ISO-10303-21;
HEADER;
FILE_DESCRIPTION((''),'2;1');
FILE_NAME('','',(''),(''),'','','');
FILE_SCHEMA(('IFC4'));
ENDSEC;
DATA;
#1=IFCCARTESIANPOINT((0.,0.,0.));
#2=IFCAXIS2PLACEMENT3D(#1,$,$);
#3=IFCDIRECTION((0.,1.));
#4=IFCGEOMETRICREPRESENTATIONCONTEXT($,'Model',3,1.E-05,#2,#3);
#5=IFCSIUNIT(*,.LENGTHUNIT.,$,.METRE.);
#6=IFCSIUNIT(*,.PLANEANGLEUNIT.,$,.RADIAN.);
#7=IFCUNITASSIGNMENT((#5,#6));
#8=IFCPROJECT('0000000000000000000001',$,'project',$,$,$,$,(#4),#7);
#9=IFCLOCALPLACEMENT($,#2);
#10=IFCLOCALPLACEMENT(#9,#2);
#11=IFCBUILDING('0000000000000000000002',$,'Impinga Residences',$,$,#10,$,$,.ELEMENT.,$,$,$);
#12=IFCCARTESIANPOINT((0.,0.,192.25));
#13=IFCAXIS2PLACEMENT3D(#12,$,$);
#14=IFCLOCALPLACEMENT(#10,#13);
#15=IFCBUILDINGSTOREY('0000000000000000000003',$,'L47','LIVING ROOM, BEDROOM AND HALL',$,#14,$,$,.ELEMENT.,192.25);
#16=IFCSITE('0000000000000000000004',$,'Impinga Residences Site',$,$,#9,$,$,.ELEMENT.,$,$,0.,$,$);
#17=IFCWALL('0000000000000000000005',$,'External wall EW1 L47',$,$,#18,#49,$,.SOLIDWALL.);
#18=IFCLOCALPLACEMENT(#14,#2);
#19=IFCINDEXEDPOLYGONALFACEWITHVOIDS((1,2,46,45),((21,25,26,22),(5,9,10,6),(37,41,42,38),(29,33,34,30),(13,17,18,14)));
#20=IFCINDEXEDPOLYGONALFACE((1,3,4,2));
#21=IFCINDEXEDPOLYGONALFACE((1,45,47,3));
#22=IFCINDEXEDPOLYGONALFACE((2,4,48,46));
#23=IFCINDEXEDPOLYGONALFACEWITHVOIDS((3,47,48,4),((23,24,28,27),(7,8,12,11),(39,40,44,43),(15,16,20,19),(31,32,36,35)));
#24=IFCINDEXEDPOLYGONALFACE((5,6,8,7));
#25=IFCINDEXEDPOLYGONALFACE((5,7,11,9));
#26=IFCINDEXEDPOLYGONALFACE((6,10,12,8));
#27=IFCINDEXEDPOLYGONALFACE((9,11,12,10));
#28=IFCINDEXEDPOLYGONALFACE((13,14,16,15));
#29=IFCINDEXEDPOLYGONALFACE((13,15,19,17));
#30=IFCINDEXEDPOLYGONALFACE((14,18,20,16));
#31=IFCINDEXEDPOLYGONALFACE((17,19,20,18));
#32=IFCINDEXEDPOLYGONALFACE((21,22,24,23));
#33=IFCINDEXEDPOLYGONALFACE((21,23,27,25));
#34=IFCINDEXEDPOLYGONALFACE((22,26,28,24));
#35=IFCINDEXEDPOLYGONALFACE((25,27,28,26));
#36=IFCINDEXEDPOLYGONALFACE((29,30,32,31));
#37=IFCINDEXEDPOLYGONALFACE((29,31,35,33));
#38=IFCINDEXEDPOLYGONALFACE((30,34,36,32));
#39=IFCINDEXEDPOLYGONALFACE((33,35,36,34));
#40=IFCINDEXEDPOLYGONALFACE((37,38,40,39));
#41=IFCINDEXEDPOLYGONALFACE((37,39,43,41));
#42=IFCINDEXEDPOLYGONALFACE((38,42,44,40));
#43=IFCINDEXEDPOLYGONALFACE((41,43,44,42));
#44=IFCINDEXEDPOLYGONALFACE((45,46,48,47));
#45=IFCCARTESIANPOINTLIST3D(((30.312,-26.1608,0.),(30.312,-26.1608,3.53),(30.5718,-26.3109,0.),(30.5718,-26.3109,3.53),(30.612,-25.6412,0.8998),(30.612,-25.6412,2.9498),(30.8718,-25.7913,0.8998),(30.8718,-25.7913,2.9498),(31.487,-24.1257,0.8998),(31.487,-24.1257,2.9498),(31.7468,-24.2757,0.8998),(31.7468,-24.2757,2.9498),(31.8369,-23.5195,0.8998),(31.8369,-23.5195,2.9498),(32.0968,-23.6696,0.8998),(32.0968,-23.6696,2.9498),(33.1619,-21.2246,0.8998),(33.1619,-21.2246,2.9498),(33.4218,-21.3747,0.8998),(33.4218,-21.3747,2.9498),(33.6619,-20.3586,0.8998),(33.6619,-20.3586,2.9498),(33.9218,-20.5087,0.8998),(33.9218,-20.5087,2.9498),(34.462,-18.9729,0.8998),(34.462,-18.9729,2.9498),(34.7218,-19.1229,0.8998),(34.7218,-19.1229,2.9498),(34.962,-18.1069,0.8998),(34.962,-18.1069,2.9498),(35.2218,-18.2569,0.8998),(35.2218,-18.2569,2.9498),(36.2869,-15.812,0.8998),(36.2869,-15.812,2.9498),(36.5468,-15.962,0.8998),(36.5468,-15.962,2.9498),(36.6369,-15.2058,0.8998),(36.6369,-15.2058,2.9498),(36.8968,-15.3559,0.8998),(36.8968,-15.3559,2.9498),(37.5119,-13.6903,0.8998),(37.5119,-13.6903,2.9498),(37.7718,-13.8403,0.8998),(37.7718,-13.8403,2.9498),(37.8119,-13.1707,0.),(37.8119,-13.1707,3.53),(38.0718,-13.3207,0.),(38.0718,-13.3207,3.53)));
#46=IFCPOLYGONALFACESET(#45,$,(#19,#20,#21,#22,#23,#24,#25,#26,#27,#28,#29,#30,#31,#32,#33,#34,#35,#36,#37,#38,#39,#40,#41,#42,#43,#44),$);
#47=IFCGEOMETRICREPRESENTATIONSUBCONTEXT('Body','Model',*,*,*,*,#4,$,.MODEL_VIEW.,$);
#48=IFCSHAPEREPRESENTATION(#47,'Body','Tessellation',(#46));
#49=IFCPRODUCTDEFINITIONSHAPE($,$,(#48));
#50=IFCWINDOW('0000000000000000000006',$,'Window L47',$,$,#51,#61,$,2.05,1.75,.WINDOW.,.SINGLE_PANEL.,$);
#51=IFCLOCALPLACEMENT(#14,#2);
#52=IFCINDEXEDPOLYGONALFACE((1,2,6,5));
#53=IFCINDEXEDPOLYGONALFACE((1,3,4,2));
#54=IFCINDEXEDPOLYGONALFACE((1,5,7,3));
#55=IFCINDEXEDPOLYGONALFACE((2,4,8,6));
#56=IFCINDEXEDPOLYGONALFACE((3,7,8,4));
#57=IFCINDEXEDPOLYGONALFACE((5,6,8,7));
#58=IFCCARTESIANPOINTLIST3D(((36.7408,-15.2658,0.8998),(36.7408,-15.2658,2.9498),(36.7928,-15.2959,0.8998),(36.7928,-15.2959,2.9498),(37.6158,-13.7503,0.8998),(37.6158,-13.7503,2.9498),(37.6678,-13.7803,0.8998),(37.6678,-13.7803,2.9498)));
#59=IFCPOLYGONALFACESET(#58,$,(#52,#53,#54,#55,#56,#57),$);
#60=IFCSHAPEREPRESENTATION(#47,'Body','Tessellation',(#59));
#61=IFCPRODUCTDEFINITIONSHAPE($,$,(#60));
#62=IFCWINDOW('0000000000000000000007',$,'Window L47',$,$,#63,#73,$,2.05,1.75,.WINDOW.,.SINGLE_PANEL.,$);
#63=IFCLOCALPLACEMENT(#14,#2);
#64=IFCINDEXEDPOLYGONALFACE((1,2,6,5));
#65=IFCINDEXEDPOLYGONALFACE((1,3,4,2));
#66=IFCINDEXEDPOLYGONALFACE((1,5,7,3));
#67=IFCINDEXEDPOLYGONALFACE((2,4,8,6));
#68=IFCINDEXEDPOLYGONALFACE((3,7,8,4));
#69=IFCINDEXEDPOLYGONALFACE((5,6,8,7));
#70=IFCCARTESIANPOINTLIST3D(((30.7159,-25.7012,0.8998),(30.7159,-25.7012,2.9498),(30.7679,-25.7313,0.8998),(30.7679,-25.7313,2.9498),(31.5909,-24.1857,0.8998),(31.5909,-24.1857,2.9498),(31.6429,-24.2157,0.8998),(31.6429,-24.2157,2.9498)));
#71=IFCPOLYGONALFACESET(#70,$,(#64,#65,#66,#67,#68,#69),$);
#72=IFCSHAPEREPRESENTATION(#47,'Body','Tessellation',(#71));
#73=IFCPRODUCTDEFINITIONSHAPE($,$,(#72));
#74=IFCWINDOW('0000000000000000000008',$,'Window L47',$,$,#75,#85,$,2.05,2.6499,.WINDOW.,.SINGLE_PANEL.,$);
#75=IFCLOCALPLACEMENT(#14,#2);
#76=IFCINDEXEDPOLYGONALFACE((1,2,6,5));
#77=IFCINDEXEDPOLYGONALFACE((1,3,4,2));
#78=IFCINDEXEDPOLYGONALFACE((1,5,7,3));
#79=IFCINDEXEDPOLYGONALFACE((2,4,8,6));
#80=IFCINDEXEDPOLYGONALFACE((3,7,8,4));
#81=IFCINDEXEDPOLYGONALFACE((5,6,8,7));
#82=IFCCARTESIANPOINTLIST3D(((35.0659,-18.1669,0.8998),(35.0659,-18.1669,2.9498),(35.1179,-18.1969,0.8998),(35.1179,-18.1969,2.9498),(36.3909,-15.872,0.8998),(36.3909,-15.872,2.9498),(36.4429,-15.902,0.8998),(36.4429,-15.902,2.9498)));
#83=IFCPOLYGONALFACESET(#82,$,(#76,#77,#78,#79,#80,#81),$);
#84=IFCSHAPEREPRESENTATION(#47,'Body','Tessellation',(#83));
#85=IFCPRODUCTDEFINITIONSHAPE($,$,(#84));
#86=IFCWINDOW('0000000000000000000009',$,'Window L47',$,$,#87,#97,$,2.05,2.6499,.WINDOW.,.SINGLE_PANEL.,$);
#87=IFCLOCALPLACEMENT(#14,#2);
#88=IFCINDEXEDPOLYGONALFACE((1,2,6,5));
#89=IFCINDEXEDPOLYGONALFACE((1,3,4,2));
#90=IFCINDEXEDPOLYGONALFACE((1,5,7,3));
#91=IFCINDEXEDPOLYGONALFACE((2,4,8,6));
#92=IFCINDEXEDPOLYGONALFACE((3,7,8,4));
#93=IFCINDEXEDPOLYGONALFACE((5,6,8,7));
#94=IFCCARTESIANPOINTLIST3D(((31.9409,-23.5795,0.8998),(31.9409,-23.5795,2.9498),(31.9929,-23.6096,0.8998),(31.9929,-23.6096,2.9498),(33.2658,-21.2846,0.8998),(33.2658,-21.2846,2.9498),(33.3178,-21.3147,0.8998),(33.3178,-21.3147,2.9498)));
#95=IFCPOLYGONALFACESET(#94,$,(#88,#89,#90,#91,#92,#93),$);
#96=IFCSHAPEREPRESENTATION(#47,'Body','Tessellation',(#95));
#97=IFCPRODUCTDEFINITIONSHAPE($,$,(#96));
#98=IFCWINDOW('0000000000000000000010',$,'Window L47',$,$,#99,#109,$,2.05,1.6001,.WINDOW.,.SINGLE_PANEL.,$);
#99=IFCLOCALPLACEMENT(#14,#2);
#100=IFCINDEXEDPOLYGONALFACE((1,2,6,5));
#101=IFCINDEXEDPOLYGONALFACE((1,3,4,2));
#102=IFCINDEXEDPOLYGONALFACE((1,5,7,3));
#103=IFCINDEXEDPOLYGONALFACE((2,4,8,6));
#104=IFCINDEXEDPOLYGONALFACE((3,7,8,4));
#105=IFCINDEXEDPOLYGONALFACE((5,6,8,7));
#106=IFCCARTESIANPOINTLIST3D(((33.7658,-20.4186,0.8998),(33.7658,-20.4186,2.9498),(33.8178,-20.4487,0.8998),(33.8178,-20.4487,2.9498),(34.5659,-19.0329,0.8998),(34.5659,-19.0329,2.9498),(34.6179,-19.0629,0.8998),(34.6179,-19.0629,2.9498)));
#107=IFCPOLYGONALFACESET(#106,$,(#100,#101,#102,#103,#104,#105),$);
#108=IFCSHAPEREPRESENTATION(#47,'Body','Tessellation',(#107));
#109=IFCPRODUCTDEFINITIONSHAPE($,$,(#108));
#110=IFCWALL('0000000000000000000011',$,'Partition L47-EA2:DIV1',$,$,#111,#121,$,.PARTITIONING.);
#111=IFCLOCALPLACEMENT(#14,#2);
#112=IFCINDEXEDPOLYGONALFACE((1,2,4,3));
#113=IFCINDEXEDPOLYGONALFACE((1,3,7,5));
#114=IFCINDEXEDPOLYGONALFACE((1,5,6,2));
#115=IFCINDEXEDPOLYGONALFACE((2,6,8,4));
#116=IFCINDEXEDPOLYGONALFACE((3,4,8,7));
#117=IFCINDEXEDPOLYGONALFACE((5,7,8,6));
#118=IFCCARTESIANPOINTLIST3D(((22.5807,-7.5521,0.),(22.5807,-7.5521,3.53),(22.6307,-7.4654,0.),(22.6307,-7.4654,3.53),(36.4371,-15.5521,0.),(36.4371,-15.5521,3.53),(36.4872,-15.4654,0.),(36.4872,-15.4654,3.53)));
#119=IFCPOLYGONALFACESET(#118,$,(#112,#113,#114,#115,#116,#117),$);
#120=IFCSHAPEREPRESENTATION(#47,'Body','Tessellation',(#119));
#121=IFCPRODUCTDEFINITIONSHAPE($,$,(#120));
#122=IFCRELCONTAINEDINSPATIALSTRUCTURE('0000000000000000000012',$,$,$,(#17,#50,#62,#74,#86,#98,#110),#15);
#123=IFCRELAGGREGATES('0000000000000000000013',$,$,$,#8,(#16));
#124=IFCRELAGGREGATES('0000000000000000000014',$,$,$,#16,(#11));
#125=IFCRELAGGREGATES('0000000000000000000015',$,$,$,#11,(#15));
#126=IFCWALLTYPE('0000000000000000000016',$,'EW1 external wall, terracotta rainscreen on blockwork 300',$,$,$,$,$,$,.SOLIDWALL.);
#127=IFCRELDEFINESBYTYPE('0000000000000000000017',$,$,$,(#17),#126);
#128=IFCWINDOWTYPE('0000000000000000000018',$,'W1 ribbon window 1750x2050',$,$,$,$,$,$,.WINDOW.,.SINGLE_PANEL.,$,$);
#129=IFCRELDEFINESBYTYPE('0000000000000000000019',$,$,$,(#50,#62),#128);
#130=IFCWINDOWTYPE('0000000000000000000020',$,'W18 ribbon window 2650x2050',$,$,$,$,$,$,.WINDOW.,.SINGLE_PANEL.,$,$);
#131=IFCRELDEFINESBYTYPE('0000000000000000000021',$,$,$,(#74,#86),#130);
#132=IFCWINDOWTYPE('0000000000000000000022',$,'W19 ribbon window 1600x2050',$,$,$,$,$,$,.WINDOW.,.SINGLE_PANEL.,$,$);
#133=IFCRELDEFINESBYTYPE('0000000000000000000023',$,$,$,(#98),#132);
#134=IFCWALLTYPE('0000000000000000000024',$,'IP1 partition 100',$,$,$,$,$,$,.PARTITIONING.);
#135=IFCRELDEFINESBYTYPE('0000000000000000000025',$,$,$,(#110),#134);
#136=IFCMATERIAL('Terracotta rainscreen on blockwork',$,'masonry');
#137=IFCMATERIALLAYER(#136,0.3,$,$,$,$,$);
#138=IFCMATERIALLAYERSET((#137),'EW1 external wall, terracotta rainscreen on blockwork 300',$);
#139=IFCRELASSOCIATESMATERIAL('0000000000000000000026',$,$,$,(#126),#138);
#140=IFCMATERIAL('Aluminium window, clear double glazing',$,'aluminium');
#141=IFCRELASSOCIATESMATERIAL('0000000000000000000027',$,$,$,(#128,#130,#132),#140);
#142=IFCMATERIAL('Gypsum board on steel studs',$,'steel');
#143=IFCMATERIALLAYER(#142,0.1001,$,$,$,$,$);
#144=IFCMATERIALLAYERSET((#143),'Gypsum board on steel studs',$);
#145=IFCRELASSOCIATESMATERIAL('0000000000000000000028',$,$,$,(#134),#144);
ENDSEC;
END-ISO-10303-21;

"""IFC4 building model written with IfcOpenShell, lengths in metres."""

from ifc_helpers import new_model, si_unit, direction, frame, frame_2d, origin, place, context, subcontext, project, spatial, rectangle, extrude, material, layer, layer_set, type_object, element, fill, save


model = new_model("IFC4")

# Units and contexts
model_context = context("Model", 3, precision=1e-05, world=origin(), true_north=direction((0.0, 1.0)))
body_context = subcontext(model_context, "Body", "Model", "MODEL_VIEW")
ifc_project = project(units=[si_unit("LENGTHUNIT", "METRE"), si_unit("PLANEANGLEUNIT", "RADIAN")], contexts=[model_context])

# Site, building, storey
site_placement = place(None, origin())
site = spatial("IfcSite", under=ifc_project, at=site_placement, Name="Impinga Residences Site", CompositionType="ELEMENT", RefElevation=0.0)
building_placement = place(site_placement, origin())
building = spatial("IfcBuilding", under=site, at=building_placement, Name="Impinga Residences", CompositionType="ELEMENT")
storey_placement = place(building_placement, frame((0.0, 0.0, 192.25)))
storey = spatial("IfcBuildingStorey", under=building, at=storey_placement, Name="L47", Description="LIVING ROOM, BEDROOM AND HALL", CompositionType="ELEMENT", Elevation=192.25)

# Shared definitions
ifc_material_1 = material(Name="Terracotta rainscreen on blockwork", Category="masonry")
ifc_layer_1 = layer(ifc_material_1, 0.3)
ifc_layer_set_1 = layer_set([ifc_layer_1], Name="EW1 external wall, terracotta rainscreen on blockwork 300")
wall_type_1 = type_object("IfcWallType", Name="EW1 external wall, terracotta rainscreen on blockwork 300", PredefinedType="SOLIDWALL", material=ifc_layer_set_1)

# Wall, openings, windows
wall_1_placement = place(storey_placement, frame((37.9419, -13.2456, 0.0), z_axis=(0.0, 0.0, 1.0), x_axis=(-0.500004, -0.866023, 0.0)))
wall_1 = element("IfcWall", 1, at=wall_1_placement, inside=storey, type_object=wall_type_1, Name="External wall EW1 L47", PredefinedType="SOLIDWALL", context=body_context, shape_type="SweptSolid", body=[
    extrude(rectangle(XDim=14.9998, YDim=0.3, at=frame_2d((7.5, 0.0))), origin(), (0.0, 0.0, 1.0), 3.53),
])
opening_1_placement = place(wall_1_placement, frame((0.6001, 0.0, 0.8999)))
opening_1 = element("IfcOpeningElement", 2, at=opening_1_placement, cuts=wall_1, PredefinedType="OPENING", context=body_context, shape_type="SweptSolid", body=[
    extrude(rectangle(XDim=1.75, YDim=2.05, at=frame_2d((0.875, 1.0249))), frame((0.0, 0.1599, 0.0), z_axis=(0.0, -1.0, 0.0), x_axis=(1.0, 0.0, 0.0)), (0.0, 0.0, 1.0), 0.3201),
])
opening_2_placement = place(wall_1_placement, frame((3.05, 0.0, 0.8999)))
opening_2 = element("IfcOpeningElement", 3, at=opening_2_placement, cuts=wall_1, PredefinedType="OPENING", context=body_context, shape_type="SweptSolid", body=[
    extrude(rectangle(XDim=2.6499, YDim=2.05, at=frame_2d((1.325, 1.0249))), frame((0.0, 0.1599, 0.0), z_axis=(0.0, -1.0, 0.0), x_axis=(1.0, 0.0, 0.0)), (0.0, 0.0, 1.0), 0.3201),
])
opening_3_placement = place(wall_1_placement, frame((6.7, 0.0, 0.8999)))
opening_3 = element("IfcOpeningElement", 4, at=opening_3_placement, cuts=wall_1, PredefinedType="OPENING", context=body_context, shape_type="SweptSolid", body=[
    extrude(rectangle(XDim=1.6001, YDim=2.05, at=frame_2d((0.8, 1.0249))), frame((0.0, 0.1599, 0.0), z_axis=(0.0, -1.0, 0.0), x_axis=(1.0, 0.0, 0.0)), (0.0, 0.0, 1.0), 0.3201),
])
opening_4_placement = place(wall_1_placement, frame((9.3, 0.0, 0.8999)))
opening_4 = element("IfcOpeningElement", 5, at=opening_4_placement, cuts=wall_1, PredefinedType="OPENING", context=body_context, shape_type="SweptSolid", body=[
    extrude(rectangle(XDim=2.6499, YDim=2.05, at=frame_2d((1.325, 1.0249))), frame((0.0, 0.1599, 0.0), z_axis=(0.0, -1.0, 0.0), x_axis=(1.0, 0.0, 0.0)), (0.0, 0.0, 1.0), 0.3201),
])
opening_5_placement = place(wall_1_placement, frame((12.6499, 0.0, 0.8999)))
opening_5 = element("IfcOpeningElement", 6, at=opening_5_placement, cuts=wall_1, PredefinedType="OPENING", context=body_context, shape_type="SweptSolid", body=[
    extrude(rectangle(XDim=1.75, YDim=2.05, at=frame_2d((0.875, 1.0249))), frame((0.0, 0.1599, 0.0), z_axis=(0.0, -1.0, 0.0), x_axis=(1.0, 0.0, 0.0)), (0.0, 0.0, 1.0), 0.3201),
])
ifc_material_2 = material(Name="Aluminium window, clear double glazing", Category="aluminium")
window_type_1 = type_object("IfcWindowType", Name="W1 ribbon window 1750x2050", PartitioningType="SINGLE_PANEL", PredefinedType="WINDOW", material=ifc_material_2)
window_1_placement = place(opening_1_placement, origin())
window_1 = element("IfcWindow", 7, at=window_1_placement, inside=storey, type_object=window_type_1, Name="Window L47", OverallHeight=2.05, OverallWidth=1.75, PartitioningType="SINGLE_PANEL", PredefinedType="WINDOW", context=body_context, shape_type="SweptSolid", body=[
    extrude(rectangle(XDim=1.75, YDim=2.05, at=frame_2d((0.875, 1.0249))), frame((0.0, 0.03, 0.0), z_axis=(0.0, -1.0, 0.0), x_axis=(1.0, 0.0, 0.0)), (0.0, 0.0, 1.0), 0.0601),
])
fill(opening_1, window_1)
window_2_placement = place(opening_5_placement, origin())
window_2 = element("IfcWindow", 8, at=window_2_placement, inside=storey, type_object=window_type_1, Name="Window L47", OverallHeight=2.05, OverallWidth=1.75, PartitioningType="SINGLE_PANEL", PredefinedType="WINDOW", context=body_context, shape_type="SweptSolid", body=[
    extrude(rectangle(XDim=1.75, YDim=2.05, at=frame_2d((0.875, 1.0249))), frame((0.0, 0.03, 0.0), z_axis=(0.0, -1.0, 0.0), x_axis=(1.0, 0.0, 0.0)), (0.0, 0.0, 1.0), 0.0601),
])
fill(opening_5, window_2)
window_type_2 = type_object("IfcWindowType", Name="W18 ribbon window 2650x2050", PartitioningType="SINGLE_PANEL", PredefinedType="WINDOW", material=ifc_material_2)
window_3_placement = place(opening_2_placement, origin())
window_3 = element("IfcWindow", 9, at=window_3_placement, inside=storey, type_object=window_type_2, Name="Window L47", OverallHeight=2.05, OverallWidth=2.6499, PartitioningType="SINGLE_PANEL", PredefinedType="WINDOW", context=body_context, shape_type="SweptSolid", body=[
    extrude(rectangle(XDim=2.6499, YDim=2.05, at=frame_2d((1.325, 1.0249))), frame((0.0, 0.03, 0.0), z_axis=(0.0, -1.0, 0.0), x_axis=(1.0, 0.0, 0.0)), (0.0, 0.0, 1.0), 0.0601),
])
fill(opening_2, window_3)
window_4_placement = place(opening_4_placement, origin())
window_4 = element("IfcWindow", 10, at=window_4_placement, inside=storey, type_object=window_type_2, Name="Window L47", OverallHeight=2.05, OverallWidth=2.6499, PartitioningType="SINGLE_PANEL", PredefinedType="WINDOW", context=body_context, shape_type="SweptSolid", body=[
    extrude(rectangle(XDim=2.6499, YDim=2.05, at=frame_2d((1.325, 1.0249))), frame((0.0, 0.03, 0.0), z_axis=(0.0, -1.0, 0.0), x_axis=(1.0, 0.0, 0.0)), (0.0, 0.0, 1.0), 0.0601),
])
fill(opening_4, window_4)
window_type_3 = type_object("IfcWindowType", Name="W19 ribbon window 1600x2050", PartitioningType="SINGLE_PANEL", PredefinedType="WINDOW", material=ifc_material_2)
window_5_placement = place(opening_3_placement, origin())
window_5 = element("IfcWindow", 11, at=window_5_placement, inside=storey, type_object=window_type_3, Name="Window L47", OverallHeight=2.05, OverallWidth=1.6001, PartitioningType="SINGLE_PANEL", PredefinedType="WINDOW", context=body_context, shape_type="SweptSolid", body=[
    extrude(rectangle(XDim=1.6001, YDim=2.05, at=frame_2d((0.8, 1.0249))), frame((0.0, 0.03, 0.0), z_axis=(0.0, -1.0, 0.0), x_axis=(1.0, 0.0, 0.0)), (0.0, 0.0, 1.0), 0.0601),
])
fill(opening_3, window_5)

# Wall
ifc_material_3 = material(Name="Gypsum board on steel studs", Category="steel")
ifc_layer_2 = layer(ifc_material_3, 0.1001)
ifc_layer_set_2 = layer_set([ifc_layer_2], Name="Gypsum board on steel studs")
wall_type_2 = type_object("IfcWallType", Name="IP1 partition 100", PredefinedType="PARTITIONING", material=ifc_layer_set_2)
wall_2_placement = place(storey_placement, frame((22.6057, -7.5088, 0.0), z_axis=(0.0, 0.0, 1.0), x_axis=(0.866026, -0.499999, 0.0)))
element("IfcWall", 12, at=wall_2_placement, inside=storey, type_object=wall_type_2, Name="Partition L47-EA2:DIV1", PredefinedType="PARTITIONING", context=body_context, shape_type="SweptSolid", body=[
    extrude(rectangle(XDim=16.0, YDim=0.1001, at=frame_2d((8.0, 0.0))), origin(), (0.0, 0.0, 1.0), 3.53),
])

save(model, "model.ifc")
